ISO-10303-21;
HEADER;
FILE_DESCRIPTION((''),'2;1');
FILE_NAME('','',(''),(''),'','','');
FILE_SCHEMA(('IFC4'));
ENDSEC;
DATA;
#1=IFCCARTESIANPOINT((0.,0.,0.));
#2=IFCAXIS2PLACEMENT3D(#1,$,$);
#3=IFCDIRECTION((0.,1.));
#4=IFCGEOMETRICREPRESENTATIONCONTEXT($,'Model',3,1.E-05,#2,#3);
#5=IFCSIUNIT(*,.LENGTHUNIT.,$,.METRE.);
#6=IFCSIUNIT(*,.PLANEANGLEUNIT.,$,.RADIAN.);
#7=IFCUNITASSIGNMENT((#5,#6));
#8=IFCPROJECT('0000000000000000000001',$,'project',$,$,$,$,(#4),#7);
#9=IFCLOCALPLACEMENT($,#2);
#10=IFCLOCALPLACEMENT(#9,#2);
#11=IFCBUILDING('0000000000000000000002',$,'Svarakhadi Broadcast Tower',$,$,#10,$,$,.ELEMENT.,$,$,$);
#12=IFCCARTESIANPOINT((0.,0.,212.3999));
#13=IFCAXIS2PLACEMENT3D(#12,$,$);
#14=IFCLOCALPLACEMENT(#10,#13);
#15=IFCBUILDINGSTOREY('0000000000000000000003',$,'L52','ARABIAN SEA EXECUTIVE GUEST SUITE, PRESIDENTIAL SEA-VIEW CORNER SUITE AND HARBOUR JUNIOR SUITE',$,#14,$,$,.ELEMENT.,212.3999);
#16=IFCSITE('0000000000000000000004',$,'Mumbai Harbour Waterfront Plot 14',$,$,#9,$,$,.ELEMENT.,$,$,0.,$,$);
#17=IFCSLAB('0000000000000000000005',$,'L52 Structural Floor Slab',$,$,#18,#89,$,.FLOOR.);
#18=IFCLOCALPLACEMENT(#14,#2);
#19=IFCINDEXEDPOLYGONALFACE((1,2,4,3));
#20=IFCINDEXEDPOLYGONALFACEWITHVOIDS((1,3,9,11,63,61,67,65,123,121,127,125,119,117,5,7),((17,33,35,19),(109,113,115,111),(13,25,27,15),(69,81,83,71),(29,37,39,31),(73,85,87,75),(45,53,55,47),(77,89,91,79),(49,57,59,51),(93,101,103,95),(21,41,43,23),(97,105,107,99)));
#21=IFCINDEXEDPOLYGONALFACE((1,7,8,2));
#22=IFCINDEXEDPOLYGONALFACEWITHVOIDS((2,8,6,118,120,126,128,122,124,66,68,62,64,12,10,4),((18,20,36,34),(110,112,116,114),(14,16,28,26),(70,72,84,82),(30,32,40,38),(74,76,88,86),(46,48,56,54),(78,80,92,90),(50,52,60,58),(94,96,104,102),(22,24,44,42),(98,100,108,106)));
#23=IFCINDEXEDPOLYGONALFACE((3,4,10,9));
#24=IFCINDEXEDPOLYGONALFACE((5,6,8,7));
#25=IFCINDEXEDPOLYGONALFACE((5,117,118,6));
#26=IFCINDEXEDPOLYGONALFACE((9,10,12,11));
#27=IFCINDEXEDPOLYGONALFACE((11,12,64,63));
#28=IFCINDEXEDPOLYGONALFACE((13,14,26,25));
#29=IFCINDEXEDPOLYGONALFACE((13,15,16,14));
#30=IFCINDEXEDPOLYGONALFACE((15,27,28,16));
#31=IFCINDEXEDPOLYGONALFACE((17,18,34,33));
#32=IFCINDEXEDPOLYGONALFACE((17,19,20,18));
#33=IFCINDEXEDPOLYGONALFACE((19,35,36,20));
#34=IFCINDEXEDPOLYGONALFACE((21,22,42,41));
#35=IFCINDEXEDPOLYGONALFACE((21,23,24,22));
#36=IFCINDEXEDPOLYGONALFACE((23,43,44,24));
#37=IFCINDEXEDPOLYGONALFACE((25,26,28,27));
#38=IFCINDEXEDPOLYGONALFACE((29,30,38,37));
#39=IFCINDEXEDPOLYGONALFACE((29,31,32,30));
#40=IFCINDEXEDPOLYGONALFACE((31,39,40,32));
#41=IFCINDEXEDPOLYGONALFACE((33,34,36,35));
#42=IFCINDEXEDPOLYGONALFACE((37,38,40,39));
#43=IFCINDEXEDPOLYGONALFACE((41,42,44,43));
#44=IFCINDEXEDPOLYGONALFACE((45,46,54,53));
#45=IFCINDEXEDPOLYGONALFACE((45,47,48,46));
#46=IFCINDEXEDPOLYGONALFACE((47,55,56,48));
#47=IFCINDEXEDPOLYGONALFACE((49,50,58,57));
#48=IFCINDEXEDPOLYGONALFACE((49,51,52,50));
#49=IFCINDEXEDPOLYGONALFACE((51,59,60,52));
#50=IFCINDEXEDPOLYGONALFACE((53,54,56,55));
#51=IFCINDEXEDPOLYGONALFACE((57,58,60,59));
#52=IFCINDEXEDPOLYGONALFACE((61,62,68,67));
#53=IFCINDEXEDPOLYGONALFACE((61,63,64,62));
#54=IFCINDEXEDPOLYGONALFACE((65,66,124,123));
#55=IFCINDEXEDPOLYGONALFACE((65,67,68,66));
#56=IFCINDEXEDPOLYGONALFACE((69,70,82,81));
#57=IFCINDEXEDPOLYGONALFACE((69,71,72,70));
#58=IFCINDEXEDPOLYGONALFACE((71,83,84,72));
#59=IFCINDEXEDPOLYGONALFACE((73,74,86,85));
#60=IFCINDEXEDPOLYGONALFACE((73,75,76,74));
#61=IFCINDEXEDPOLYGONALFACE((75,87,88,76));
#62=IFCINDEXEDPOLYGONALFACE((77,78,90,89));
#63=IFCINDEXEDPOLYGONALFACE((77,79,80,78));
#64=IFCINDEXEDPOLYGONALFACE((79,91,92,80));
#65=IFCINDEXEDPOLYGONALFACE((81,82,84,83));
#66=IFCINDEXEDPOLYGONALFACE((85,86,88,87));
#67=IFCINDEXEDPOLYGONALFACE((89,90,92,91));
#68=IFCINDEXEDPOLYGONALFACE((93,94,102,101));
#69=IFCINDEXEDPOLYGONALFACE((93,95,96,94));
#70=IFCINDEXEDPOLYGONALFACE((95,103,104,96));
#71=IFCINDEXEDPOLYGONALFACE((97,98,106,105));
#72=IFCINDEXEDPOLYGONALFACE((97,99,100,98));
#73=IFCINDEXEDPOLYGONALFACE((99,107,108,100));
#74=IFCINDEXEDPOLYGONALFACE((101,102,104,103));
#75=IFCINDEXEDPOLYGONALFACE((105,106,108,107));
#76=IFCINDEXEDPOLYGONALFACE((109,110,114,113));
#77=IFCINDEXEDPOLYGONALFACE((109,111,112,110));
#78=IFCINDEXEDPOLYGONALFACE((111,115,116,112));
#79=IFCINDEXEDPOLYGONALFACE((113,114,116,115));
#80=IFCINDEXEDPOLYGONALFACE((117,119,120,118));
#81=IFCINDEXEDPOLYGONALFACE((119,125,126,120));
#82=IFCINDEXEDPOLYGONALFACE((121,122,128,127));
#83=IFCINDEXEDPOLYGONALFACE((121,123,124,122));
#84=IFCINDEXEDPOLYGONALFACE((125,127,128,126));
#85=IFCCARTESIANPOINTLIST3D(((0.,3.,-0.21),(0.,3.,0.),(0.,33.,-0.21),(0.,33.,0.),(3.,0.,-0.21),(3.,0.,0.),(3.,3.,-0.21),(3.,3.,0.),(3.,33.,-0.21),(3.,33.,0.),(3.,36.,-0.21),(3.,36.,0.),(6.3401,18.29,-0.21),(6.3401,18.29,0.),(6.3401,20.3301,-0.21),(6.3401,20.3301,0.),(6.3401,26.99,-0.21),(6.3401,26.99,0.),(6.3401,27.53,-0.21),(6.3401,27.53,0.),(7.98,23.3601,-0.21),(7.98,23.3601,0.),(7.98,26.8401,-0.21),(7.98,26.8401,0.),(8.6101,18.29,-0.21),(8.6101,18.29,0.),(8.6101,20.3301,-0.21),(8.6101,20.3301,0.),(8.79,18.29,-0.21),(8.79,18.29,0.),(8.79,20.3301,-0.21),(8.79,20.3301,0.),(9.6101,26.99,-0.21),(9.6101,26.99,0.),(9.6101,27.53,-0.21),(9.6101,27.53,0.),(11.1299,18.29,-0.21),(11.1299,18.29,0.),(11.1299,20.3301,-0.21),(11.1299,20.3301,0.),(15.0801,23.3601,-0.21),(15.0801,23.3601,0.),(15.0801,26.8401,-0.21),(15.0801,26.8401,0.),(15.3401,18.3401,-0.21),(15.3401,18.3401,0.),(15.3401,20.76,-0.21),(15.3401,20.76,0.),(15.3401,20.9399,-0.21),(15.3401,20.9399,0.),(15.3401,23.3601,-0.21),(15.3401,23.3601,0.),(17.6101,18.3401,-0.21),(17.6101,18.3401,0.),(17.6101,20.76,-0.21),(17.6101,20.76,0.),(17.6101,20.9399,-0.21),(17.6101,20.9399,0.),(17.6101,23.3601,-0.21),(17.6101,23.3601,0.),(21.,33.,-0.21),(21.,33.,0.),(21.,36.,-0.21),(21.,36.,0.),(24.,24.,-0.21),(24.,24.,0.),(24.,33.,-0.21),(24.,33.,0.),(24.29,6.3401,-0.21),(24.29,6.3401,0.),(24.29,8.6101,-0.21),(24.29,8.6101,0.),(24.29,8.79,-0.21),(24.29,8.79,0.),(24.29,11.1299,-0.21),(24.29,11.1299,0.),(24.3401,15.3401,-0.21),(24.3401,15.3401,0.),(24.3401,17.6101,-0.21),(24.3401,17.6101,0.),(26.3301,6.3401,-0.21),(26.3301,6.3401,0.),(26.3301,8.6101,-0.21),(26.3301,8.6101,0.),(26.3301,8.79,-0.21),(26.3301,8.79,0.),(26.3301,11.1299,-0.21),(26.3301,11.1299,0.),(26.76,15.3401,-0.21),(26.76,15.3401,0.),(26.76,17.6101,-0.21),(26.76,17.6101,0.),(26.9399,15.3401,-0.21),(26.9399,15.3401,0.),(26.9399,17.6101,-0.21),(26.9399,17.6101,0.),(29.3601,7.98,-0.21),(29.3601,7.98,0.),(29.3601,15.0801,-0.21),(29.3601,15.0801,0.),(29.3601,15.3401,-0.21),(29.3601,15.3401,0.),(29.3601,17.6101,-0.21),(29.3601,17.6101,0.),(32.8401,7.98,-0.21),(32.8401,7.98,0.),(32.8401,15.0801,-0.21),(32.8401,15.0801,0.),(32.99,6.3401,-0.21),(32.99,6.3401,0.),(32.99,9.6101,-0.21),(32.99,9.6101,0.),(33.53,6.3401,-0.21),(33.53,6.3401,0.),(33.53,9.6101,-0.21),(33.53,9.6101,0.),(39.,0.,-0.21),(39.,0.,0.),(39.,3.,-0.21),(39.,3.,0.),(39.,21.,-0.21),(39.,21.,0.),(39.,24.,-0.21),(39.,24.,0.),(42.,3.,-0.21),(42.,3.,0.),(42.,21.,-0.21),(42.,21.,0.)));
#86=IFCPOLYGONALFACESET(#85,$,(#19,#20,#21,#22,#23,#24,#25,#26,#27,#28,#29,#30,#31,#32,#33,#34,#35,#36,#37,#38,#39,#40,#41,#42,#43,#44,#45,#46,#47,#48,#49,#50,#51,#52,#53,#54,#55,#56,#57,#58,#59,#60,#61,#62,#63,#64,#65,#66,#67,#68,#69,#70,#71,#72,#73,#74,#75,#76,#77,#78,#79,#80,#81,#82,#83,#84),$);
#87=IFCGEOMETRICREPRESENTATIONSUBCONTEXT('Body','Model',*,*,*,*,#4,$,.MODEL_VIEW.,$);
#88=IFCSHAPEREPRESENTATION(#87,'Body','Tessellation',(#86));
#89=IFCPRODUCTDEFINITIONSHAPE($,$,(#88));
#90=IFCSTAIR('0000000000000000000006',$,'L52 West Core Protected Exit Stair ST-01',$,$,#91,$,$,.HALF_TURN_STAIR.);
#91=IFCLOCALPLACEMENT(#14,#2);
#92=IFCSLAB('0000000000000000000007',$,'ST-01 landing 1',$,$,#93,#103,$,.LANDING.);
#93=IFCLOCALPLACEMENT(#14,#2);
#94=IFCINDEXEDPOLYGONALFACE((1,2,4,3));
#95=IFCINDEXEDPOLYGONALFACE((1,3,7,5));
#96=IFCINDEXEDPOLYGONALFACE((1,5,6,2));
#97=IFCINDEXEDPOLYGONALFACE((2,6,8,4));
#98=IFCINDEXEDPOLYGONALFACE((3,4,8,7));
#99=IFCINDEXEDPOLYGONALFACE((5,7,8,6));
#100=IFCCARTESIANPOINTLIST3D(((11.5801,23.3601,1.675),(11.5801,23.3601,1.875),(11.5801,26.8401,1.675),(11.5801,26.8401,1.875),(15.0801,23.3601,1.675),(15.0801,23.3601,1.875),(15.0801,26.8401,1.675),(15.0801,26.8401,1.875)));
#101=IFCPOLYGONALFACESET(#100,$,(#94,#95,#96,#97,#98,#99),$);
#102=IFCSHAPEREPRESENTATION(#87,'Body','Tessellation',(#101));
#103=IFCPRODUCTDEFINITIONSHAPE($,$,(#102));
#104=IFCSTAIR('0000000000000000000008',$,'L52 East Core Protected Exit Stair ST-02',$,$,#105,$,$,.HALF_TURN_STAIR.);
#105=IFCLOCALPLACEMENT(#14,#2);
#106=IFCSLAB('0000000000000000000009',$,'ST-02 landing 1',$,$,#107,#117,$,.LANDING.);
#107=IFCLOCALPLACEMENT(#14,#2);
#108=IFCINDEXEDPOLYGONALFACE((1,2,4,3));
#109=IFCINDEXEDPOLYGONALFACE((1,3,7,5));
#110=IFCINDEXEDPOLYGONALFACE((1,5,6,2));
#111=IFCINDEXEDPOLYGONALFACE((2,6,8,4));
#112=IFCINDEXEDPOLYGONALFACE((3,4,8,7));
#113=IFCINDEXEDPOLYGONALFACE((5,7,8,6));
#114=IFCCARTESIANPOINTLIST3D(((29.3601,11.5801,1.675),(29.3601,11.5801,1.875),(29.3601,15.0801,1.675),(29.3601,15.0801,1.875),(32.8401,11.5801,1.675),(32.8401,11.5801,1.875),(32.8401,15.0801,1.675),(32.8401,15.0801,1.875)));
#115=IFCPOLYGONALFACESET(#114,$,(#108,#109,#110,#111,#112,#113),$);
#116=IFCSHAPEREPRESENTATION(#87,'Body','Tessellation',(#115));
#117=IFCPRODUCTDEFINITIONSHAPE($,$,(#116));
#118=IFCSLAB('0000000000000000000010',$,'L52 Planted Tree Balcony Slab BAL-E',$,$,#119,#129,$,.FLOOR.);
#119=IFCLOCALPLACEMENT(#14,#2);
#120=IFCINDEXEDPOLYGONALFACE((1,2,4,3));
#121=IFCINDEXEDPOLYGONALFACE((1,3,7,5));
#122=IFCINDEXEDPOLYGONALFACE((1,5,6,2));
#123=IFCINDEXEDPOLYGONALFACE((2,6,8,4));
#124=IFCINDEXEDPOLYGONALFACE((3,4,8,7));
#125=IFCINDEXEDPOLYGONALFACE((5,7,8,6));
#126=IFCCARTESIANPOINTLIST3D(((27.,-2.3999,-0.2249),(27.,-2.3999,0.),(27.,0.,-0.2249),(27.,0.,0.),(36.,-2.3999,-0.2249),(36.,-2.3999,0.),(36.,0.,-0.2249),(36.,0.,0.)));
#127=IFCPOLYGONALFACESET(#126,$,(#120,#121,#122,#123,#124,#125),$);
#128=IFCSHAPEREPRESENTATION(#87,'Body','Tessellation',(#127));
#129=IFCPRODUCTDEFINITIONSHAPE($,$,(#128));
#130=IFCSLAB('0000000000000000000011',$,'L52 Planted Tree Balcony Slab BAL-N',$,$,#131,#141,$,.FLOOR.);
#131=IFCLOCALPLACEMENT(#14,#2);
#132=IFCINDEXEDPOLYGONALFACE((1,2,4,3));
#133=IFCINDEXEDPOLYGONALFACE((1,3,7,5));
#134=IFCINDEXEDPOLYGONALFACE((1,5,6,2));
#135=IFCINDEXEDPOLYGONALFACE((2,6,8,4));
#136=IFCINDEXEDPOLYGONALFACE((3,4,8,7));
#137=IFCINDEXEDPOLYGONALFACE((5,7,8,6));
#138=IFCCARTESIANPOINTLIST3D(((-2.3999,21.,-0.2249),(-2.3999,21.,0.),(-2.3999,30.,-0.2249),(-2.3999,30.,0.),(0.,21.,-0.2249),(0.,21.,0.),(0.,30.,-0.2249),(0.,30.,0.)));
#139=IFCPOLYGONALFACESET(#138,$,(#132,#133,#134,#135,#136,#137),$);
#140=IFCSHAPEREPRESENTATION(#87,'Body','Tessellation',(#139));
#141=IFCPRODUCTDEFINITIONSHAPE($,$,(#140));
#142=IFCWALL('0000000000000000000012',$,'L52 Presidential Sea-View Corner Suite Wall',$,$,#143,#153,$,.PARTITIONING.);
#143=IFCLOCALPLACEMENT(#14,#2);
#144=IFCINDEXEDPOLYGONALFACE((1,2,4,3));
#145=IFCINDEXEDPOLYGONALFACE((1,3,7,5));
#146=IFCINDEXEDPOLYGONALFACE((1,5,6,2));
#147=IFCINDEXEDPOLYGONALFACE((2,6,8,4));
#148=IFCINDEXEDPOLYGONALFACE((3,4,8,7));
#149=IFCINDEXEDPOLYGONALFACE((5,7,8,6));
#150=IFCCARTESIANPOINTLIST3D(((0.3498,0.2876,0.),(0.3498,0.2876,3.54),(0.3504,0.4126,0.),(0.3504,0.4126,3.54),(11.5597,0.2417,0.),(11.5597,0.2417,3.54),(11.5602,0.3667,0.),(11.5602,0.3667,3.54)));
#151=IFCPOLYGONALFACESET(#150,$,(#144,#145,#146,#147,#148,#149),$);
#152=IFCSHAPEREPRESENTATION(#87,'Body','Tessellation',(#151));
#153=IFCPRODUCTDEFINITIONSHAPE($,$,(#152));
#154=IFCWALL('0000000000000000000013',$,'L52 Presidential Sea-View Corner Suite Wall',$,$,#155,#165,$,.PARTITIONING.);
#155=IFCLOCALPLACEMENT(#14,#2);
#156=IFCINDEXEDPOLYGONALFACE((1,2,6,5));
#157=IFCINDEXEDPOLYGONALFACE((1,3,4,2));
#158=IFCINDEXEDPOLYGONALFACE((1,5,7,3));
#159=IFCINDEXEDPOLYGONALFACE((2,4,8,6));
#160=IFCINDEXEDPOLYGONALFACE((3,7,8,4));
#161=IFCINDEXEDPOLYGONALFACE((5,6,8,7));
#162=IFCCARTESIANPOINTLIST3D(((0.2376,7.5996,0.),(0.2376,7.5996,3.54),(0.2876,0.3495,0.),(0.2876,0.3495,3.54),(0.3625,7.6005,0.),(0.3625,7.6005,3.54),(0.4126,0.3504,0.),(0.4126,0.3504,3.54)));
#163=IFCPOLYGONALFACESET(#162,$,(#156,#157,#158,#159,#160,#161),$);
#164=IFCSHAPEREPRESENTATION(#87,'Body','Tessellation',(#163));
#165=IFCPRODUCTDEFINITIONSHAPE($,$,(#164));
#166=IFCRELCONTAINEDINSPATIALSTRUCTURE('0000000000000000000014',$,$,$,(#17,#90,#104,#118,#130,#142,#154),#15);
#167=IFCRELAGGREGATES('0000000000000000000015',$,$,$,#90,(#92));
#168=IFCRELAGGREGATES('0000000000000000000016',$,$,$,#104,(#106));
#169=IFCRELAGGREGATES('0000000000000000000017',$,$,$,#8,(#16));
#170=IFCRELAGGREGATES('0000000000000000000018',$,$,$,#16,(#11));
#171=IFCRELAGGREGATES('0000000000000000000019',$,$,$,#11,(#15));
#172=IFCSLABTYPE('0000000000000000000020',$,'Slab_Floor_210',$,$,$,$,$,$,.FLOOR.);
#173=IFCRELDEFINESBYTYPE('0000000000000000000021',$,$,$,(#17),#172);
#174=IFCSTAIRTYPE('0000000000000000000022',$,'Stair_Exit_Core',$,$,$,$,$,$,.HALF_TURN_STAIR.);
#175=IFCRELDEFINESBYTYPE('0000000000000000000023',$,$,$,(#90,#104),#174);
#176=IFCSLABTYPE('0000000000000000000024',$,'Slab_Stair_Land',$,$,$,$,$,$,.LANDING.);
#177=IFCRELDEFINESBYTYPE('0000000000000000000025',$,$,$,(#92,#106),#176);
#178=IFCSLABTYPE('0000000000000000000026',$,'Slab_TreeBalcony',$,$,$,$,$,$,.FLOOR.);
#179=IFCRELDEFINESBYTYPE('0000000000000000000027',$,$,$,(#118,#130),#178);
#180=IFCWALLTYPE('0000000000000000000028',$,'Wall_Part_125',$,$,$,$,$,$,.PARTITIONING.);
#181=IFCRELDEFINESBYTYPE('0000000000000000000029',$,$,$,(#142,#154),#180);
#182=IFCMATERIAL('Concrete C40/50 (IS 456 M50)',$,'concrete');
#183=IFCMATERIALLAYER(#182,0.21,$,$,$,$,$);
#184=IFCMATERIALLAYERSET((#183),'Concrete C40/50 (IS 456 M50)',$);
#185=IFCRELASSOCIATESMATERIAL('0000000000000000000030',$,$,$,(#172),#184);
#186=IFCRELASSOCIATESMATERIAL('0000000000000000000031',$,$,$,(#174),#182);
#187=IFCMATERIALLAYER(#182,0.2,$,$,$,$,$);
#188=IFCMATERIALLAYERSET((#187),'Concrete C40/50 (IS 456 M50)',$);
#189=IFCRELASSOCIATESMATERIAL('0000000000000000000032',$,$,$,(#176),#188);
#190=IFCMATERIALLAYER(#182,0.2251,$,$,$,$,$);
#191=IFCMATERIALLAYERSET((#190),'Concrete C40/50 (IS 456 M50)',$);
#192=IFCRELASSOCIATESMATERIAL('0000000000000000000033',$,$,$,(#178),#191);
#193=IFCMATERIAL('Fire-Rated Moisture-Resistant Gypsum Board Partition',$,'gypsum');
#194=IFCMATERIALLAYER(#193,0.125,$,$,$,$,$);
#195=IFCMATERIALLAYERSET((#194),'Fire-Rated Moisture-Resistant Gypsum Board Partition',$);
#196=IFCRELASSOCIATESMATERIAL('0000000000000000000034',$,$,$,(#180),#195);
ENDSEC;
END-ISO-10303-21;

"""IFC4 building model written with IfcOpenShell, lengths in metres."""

from ifc_helpers import new_model, si_unit, direction, frame, frame_2d, origin, place, context, subcontext, project, spatial, polyline, rectangle, outline, extrude, material, layer, layer_set, type_object, element, aggregate, save


model = new_model("IFC4")

# Units and contexts
model_context = context("Model", 3, precision=1e-05, world=origin(), true_north=direction((0.0, 1.0)))
body_context = subcontext(model_context, "Body", "Model", "MODEL_VIEW")
ifc_project = project(units=[si_unit("LENGTHUNIT", "METRE"), si_unit("PLANEANGLEUNIT", "RADIAN")], contexts=[model_context])

# Site, building, storey
site_placement = place(None, origin())
site = spatial("IfcSite", under=ifc_project, at=site_placement, Name="Mumbai Harbour Waterfront Plot 14", CompositionType="ELEMENT", RefElevation=0.0)
building_placement = place(site_placement, origin())
building = spatial("IfcBuilding", under=site, at=building_placement, Name="Svarakhadi Broadcast Tower", CompositionType="ELEMENT")
storey_placement = place(building_placement, frame((0.0, 0.0, 212.3999)))
storey = spatial("IfcBuildingStorey", under=building, at=storey_placement, Name="L52", Description="ARABIAN SEA EXECUTIVE GUEST SUITE, PRESIDENTIAL SEA-VIEW CORNER SUITE AND HARBOUR JUNIOR SUITE", CompositionType="ELEMENT", Elevation=212.3999)

# Slab
ifc_material_1 = material(Name="Concrete C40/50 (IS 456 M50)", Category="concrete")
ifc_layer_1 = layer(ifc_material_1, 0.21)
ifc_layer_set_1 = layer_set([ifc_layer_1], Name="Concrete C40/50 (IS 456 M50)")
slab_type_1 = type_object("IfcSlabType", Name="Slab_Floor_210", PredefinedType="FLOOR", material=ifc_layer_set_1)
slab_1_placement = place(storey_placement, frame((0.0, 0.0, -0.21)))
element("IfcSlab", 1, at=slab_1_placement, inside=storey, type_object=slab_type_1, Name="L52 Structural Floor Slab", PredefinedType="FLOOR", context=body_context, shape_type="SweptSolid", body=[
    extrude(outline(polyline([(3.0, 0.0), (39.0, 0.0), (39.0, 3.0), (42.0, 3.0), (42.0, 21.0), (39.0, 21.0), (39.0, 24.0), (24.0, 24.0), (24.0, 33.0), (21.0, 33.0), (21.0, 36.0), (3.0, 36.0), (3.0, 33.0), (0.0, 33.0), (0.0, 3.0), (3.0, 3.0), (3.0, 0.0)]), holes=[polyline([(7.98, 23.3601), (15.0801, 23.3601), (15.0801, 26.8401), (7.98, 26.8401), (7.98, 23.3601)]), polyline([(32.8401, 7.98), (32.8401, 15.0801), (29.3601, 15.0801), (29.3601, 7.98), (32.8401, 7.98)]), polyline([(6.3401, 18.29), (8.6101, 18.29), (8.6101, 20.3301), (6.3401, 20.3301), (6.3401, 18.29)]), polyline([(8.79, 18.29), (11.1299, 18.29), (11.1299, 20.3301), (8.79, 20.3301), (8.79, 18.29)]), polyline([(24.29, 6.3401), (26.3301, 6.3401), (26.3301, 8.6101), (24.29, 8.6101), (24.29, 6.3401)]), polyline([(24.29, 8.79), (26.3301, 8.79), (26.3301, 11.1299), (24.29, 11.1299), (24.29, 8.79)]), polyline([(6.3401, 26.99), (9.6101, 26.99), (9.6101, 27.53), (6.3401, 27.53), (6.3401, 26.99)]), polyline([(32.99, 6.3401), (33.53, 6.3401), (33.53, 9.6101), (32.99, 9.6101), (32.99, 6.3401)]), polyline([(15.3401, 18.3401), (17.6101, 18.3401), (17.6101, 20.76), (15.3401, 20.76), (15.3401, 18.3401)]), polyline([(15.3401, 20.9399), (17.6101, 20.9399), (17.6101, 23.3601), (15.3401, 23.3601), (15.3401, 20.9399)]), polyline([(24.3401, 15.3401), (26.76, 15.3401), (26.76, 17.6101), (24.3401, 17.6101), (24.3401, 15.3401)]), polyline([(26.9399, 15.3401), (29.3601, 15.3401), (29.3601, 17.6101), (26.9399, 17.6101), (26.9399, 15.3401)])]), origin(), (0.0, 0.0, 1.0), 0.21),
])

# Stairs, slabs
stair_type = type_object("IfcStairType", Name="Stair_Exit_Core", PredefinedType="HALF_TURN_STAIR", material=ifc_material_1)
stair_1_placement = place(storey_placement, origin())
stair_1 = element("IfcStair", 2, at=stair_1_placement, inside=storey, type_object=stair_type, Name="L52 West Core Protected Exit Stair ST-01", PredefinedType="HALF_TURN_STAIR")
ifc_layer_2 = layer(ifc_material_1, 0.2)
ifc_layer_set_2 = layer_set([ifc_layer_2], Name="Concrete C40/50 (IS 456 M50)")
slab_type_2 = type_object("IfcSlabType", Name="Slab_Stair_Land", PredefinedType="LANDING", material=ifc_layer_set_2)
slab_2_placement = place(storey_placement, frame((0.0, 0.0, 1.675)))
slab_2 = element("IfcSlab", 3, at=slab_2_placement, type_object=slab_type_2, Name="ST-01 landing 1", PredefinedType="LANDING", context=body_context, shape_type="SweptSolid", body=[
    extrude(outline(polyline([(11.5801, 23.3601), (15.0801, 23.3601), (15.0801, 26.8401), (11.5801, 26.8401), (11.5801, 23.3601)])), origin(), (0.0, 0.0, 1.0), 0.2),
])
aggregate(stair_1, [slab_2])
stair_2_placement = place(storey_placement, origin())
stair_2 = element("IfcStair", 4, at=stair_2_placement, inside=storey, type_object=stair_type, Name="L52 East Core Protected Exit Stair ST-02", PredefinedType="HALF_TURN_STAIR")
slab_3_placement = place(storey_placement, frame((0.0, 0.0, 1.675)))
slab_3 = element("IfcSlab", 5, at=slab_3_placement, type_object=slab_type_2, Name="ST-02 landing 1", PredefinedType="LANDING", context=body_context, shape_type="SweptSolid", body=[
    extrude(outline(polyline([(32.8401, 11.5801), (32.8401, 15.0801), (29.3601, 15.0801), (29.3601, 11.5801), (32.8401, 11.5801)])), origin(), (0.0, 0.0, 1.0), 0.2),
])
aggregate(stair_2, [slab_3])

# Slabs
ifc_layer_3 = layer(ifc_material_1, 0.2251)
ifc_layer_set_3 = layer_set([ifc_layer_3], Name="Concrete C40/50 (IS 456 M50)")
slab_type_3 = type_object("IfcSlabType", Name="Slab_TreeBalcony", PredefinedType="FLOOR", material=ifc_layer_set_3)
slab_4_placement = place(storey_placement, frame((0.0, 0.0, -0.2249)))
element("IfcSlab", 6, at=slab_4_placement, inside=storey, type_object=slab_type_3, Name="L52 Planted Tree Balcony Slab BAL-E", PredefinedType="FLOOR", context=body_context, shape_type="SweptSolid", body=[
    extrude(outline(polyline([(27.0, -2.3999), (36.0, -2.3999), (36.0, 0.0), (27.0, 0.0), (27.0, -2.3999)])), origin(), (0.0, 0.0, 1.0), 0.2249),
])
slab_5_placement = place(storey_placement, frame((0.0, 0.0, -0.2249)))
element("IfcSlab", 7, at=slab_5_placement, inside=storey, type_object=slab_type_3, Name="L52 Planted Tree Balcony Slab BAL-N", PredefinedType="FLOOR", context=body_context, shape_type="SweptSolid", body=[
    extrude(outline(polyline([(-2.3999, 21.0), (0.0, 21.0), (0.0, 30.0), (-2.3999, 30.0), (-2.3999, 21.0)])), origin(), (0.0, 0.0, 1.0), 0.2249),
])

# Walls
ifc_material_2 = material(Name="Fire-Rated Moisture-Resistant Gypsum Board Partition", Category="gypsum")
ifc_layer_4 = layer(ifc_material_2, 0.125)
ifc_layer_set_4 = layer_set([ifc_layer_4], Name="Fire-Rated Moisture-Resistant Gypsum Board Partition")
wall_type = type_object("IfcWallType", Name="Wall_Part_125", PredefinedType="PARTITIONING", material=ifc_layer_set_4)
wall_1_placement = place(storey_placement, frame((0.3501, 0.3501, 0.0), z_axis=(0.0, 0.0, 1.0), x_axis=(0.999992, -0.004094, 0.0)))
element("IfcWall", 8, at=wall_1_placement, inside=storey, type_object=wall_type, Name="L52 Presidential Sea-View Corner Suite Wall", PredefinedType="PARTITIONING", context=body_context, shape_type="SweptSolid", body=[
    extrude(rectangle(XDim=11.21, YDim=0.125, at=frame_2d((5.605, 0.0))), origin(), (0.0, 0.0, 1.0), 3.54),
])
wall_2_placement = place(storey_placement, frame((0.3501, 0.3501, 0.0), z_axis=(0.0, 0.0, 1.0), x_axis=(-0.006903, 0.999976, 0.0)))
element("IfcWall", 9, at=wall_2_placement, inside=storey, type_object=wall_type, Name="L52 Presidential Sea-View Corner Suite Wall", PredefinedType="PARTITIONING", context=body_context, shape_type="SweptSolid", body=[
    extrude(rectangle(XDim=7.2502, YDim=0.125, at=frame_2d((3.625, 0.0))), origin(), (0.0, 0.0, 1.0), 3.54),
])

save(model, "model.ifc")
